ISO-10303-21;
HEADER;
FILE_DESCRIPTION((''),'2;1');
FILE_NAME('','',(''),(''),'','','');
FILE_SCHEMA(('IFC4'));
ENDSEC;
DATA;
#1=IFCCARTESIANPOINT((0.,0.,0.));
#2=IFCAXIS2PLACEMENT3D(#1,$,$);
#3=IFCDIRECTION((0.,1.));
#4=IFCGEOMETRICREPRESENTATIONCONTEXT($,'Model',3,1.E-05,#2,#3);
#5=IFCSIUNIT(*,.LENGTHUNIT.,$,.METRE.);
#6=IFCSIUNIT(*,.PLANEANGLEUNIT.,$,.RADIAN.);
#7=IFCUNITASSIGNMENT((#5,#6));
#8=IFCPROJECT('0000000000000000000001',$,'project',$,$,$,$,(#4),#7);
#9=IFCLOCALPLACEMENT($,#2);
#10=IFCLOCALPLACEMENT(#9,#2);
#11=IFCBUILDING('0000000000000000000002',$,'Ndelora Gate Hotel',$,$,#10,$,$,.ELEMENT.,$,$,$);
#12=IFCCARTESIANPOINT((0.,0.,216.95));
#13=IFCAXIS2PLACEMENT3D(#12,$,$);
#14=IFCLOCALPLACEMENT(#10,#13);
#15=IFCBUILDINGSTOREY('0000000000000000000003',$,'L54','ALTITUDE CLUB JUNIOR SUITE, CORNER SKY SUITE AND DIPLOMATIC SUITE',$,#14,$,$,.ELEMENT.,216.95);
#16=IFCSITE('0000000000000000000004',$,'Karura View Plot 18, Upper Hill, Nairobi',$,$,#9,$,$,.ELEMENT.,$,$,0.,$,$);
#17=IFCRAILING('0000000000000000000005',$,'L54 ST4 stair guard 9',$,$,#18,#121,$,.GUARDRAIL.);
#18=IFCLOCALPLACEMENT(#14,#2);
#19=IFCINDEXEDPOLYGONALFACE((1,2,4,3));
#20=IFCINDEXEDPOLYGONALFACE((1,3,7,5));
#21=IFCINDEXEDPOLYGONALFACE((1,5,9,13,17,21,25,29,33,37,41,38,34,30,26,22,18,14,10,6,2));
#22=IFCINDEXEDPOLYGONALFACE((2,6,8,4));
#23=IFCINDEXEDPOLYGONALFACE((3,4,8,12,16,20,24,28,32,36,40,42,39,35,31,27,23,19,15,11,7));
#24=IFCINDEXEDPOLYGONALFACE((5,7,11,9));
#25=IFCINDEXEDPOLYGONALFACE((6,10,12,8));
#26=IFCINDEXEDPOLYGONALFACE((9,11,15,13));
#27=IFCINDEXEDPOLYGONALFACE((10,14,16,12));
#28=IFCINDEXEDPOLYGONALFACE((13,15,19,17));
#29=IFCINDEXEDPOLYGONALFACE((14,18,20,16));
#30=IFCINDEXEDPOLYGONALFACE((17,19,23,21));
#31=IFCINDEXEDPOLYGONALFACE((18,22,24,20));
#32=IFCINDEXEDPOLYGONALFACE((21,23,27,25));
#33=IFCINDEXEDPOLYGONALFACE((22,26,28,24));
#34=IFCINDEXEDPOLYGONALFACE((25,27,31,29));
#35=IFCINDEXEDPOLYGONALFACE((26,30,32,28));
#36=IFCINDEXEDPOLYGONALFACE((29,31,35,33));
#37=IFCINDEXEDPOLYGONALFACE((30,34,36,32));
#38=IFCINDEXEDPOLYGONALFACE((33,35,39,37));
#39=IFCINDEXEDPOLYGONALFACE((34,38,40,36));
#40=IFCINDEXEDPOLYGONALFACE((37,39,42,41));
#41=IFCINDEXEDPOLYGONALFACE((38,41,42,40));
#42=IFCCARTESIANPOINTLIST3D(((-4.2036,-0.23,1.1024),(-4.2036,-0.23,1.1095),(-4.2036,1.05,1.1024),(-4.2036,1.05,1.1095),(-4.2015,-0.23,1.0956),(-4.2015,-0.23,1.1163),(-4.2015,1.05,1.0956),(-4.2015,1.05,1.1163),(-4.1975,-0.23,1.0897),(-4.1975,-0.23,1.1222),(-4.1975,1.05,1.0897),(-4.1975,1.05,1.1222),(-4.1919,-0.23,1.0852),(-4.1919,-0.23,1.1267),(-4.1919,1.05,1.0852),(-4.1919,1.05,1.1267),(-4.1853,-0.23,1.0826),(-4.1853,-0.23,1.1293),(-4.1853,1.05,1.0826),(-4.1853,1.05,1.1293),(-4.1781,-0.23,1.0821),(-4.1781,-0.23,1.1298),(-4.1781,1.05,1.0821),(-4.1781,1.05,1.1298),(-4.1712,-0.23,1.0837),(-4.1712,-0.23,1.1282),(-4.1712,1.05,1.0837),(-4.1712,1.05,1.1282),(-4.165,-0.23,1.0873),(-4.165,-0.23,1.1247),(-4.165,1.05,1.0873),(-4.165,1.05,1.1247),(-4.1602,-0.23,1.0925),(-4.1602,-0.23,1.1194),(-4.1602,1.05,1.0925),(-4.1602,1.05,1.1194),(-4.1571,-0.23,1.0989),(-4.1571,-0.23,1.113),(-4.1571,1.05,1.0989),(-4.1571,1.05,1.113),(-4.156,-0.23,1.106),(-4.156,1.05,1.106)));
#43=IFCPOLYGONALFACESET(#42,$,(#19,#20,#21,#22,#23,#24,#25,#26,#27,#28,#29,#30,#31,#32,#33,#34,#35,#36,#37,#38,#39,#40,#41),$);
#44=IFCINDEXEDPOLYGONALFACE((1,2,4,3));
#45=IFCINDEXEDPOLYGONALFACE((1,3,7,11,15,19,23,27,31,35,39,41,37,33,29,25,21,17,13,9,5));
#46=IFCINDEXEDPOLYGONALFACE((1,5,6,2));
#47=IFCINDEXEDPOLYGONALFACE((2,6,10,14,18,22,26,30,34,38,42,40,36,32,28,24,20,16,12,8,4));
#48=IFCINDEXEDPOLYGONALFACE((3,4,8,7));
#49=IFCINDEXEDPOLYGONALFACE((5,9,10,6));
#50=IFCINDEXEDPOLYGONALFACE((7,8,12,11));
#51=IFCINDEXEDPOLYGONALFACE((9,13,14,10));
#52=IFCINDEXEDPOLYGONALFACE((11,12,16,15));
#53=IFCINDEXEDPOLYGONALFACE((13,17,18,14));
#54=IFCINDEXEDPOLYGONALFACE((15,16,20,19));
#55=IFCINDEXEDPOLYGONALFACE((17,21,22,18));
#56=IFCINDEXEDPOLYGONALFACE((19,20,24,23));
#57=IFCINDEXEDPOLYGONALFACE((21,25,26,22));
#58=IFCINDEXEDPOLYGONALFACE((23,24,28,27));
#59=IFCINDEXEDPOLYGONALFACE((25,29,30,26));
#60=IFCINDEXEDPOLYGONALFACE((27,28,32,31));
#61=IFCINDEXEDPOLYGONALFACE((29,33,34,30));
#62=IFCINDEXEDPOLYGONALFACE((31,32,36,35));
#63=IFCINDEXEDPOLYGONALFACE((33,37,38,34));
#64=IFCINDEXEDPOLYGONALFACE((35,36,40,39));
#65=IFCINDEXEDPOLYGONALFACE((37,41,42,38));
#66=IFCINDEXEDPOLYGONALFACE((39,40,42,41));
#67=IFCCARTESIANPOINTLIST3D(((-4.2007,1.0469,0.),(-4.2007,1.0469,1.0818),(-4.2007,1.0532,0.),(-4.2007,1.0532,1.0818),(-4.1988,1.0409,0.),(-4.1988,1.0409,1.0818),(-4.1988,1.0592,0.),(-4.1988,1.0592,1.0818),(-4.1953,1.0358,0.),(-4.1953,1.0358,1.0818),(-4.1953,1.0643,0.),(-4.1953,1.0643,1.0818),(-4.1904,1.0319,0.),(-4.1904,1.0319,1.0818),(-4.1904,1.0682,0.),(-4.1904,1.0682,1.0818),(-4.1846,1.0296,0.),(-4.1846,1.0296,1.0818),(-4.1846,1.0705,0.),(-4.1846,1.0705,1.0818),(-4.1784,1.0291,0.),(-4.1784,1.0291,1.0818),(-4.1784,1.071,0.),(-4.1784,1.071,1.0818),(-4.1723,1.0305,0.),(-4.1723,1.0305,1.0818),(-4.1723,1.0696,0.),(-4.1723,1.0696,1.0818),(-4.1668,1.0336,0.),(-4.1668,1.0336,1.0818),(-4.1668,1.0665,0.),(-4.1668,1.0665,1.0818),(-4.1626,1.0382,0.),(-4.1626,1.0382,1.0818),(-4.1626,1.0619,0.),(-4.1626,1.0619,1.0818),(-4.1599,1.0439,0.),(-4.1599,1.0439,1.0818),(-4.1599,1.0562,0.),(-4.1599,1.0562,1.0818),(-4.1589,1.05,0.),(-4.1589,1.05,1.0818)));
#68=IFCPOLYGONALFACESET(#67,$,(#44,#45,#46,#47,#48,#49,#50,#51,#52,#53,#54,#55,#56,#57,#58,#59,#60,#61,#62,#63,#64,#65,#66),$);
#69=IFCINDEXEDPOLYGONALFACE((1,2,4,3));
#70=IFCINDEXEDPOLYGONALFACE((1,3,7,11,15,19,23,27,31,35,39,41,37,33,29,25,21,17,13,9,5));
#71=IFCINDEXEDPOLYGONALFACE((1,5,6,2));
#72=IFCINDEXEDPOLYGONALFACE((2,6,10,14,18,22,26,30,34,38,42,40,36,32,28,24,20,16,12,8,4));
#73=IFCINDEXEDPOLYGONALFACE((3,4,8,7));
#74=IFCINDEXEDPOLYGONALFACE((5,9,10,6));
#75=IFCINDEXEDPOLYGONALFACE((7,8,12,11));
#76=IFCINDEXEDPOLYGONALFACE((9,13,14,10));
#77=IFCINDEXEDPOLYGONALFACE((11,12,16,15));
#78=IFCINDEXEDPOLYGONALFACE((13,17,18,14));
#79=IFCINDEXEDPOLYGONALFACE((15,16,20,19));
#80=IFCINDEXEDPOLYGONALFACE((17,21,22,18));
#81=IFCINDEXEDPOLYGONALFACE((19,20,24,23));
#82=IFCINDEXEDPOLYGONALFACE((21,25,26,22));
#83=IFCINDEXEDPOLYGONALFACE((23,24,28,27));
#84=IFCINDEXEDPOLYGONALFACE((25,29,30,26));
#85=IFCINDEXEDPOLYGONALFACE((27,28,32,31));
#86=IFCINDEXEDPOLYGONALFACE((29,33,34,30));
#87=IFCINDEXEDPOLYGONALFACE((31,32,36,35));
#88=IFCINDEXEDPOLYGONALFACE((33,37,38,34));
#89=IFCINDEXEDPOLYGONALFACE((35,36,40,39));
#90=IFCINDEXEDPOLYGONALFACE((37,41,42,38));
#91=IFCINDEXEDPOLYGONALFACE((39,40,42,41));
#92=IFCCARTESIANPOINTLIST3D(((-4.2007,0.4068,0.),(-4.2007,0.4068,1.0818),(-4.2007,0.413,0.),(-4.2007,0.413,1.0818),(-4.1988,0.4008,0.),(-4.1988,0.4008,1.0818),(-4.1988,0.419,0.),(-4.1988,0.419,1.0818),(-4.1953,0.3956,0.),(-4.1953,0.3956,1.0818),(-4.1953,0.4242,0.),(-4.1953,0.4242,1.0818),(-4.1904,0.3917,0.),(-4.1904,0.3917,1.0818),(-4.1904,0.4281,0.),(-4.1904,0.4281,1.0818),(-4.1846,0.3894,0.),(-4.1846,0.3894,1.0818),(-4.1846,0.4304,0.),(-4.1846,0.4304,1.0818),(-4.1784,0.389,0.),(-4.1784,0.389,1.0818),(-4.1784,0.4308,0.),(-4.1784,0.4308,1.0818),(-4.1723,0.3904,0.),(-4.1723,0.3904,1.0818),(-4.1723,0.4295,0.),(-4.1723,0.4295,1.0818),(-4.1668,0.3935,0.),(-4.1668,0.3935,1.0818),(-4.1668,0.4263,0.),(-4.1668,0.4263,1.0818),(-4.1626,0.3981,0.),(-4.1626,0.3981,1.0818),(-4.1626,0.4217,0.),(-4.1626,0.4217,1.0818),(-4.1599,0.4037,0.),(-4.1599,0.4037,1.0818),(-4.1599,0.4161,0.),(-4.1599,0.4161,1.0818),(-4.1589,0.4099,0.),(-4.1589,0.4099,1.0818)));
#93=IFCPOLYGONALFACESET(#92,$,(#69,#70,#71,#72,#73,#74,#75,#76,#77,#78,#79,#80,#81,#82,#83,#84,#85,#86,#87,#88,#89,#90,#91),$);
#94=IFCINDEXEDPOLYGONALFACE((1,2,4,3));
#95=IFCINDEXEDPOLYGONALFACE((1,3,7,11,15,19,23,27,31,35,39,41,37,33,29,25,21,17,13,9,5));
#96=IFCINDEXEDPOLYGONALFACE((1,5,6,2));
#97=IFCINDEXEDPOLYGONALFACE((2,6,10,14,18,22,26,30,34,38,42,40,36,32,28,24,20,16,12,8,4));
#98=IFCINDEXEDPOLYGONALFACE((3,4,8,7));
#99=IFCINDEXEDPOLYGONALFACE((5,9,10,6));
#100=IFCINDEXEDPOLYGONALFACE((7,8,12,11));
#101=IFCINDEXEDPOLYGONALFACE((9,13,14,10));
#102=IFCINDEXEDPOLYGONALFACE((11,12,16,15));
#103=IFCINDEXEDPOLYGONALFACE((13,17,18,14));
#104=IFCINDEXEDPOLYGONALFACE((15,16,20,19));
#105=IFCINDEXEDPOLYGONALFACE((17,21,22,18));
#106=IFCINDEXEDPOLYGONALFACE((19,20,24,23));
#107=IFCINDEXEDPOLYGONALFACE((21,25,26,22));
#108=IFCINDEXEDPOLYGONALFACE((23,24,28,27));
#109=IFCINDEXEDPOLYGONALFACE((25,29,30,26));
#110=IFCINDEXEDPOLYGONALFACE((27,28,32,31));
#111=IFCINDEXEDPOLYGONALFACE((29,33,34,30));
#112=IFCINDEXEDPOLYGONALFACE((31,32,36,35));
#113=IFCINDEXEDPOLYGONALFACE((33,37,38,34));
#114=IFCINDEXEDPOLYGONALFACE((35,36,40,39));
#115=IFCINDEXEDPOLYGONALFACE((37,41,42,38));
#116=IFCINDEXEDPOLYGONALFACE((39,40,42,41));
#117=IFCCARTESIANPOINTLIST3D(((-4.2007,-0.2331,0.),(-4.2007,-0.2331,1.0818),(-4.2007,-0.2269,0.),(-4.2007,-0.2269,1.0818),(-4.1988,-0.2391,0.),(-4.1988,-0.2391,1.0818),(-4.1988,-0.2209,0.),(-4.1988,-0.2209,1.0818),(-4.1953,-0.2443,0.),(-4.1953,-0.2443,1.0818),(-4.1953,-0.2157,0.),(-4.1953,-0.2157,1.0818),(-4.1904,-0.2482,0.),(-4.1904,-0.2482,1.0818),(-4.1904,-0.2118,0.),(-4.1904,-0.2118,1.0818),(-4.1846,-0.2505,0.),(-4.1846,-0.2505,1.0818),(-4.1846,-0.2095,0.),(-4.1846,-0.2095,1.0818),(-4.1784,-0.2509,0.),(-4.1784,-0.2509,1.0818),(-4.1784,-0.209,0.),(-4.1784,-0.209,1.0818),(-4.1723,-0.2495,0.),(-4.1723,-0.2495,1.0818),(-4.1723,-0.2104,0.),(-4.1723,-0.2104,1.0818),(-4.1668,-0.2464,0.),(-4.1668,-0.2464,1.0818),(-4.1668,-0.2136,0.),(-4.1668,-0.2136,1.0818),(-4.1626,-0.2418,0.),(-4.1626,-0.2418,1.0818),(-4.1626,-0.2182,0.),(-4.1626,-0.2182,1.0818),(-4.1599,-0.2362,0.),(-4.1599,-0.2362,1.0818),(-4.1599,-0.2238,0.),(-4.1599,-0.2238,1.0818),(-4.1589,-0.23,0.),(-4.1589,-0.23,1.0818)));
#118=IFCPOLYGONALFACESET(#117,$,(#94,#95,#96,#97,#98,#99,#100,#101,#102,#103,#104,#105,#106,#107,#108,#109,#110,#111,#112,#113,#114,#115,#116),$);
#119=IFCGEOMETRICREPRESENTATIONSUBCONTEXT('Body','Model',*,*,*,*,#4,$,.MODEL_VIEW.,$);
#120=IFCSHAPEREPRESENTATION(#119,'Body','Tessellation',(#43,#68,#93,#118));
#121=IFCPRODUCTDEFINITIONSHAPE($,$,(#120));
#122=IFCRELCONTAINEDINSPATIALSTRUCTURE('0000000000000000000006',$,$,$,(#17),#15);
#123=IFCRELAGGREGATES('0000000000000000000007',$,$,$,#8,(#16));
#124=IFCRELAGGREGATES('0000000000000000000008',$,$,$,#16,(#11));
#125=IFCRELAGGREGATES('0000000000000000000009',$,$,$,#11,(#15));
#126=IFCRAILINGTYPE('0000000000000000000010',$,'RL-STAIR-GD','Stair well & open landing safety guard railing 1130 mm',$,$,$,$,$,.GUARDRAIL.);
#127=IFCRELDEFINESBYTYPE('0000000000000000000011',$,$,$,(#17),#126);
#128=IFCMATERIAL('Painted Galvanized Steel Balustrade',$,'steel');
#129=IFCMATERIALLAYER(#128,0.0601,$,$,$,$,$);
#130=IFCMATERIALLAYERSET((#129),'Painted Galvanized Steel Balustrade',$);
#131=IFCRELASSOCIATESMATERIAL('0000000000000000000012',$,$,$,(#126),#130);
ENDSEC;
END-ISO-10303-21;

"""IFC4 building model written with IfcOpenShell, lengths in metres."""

from ifc_helpers import new_model, si_unit, direction, frame, origin, origin_2d, place, context, subcontext, project, spatial, circle, extrude, material, layer, layer_set, type_object, element, save


model = new_model("IFC4")

# Units and contexts
model_context = context("Model", 3, precision=1e-05, world=origin(), true_north=direction((0.0, 1.0)))
body_context = subcontext(model_context, "Body", "Model", "MODEL_VIEW")
ifc_project = project(units=[si_unit("LENGTHUNIT", "METRE"), si_unit("PLANEANGLEUNIT", "RADIAN")], contexts=[model_context])

# Site, building, storey
site_placement = place(None, origin())
site = spatial("IfcSite", under=ifc_project, at=site_placement, Name="Karura View Plot 18, Upper Hill, Nairobi", CompositionType="ELEMENT", RefElevation=0.0)
building_placement = place(site_placement, origin())
building = spatial("IfcBuilding", under=site, at=building_placement, Name="Ndelora Gate Hotel", CompositionType="ELEMENT")
storey_placement = place(building_placement, frame((0.0, 0.0, 216.95)))
storey = spatial("IfcBuildingStorey", under=building, at=storey_placement, Name="L54", Description="ALTITUDE CLUB JUNIOR SUITE, CORNER SKY SUITE AND DIPLOMATIC SUITE", CompositionType="ELEMENT", Elevation=216.95)

# Railing
ifc_material_1 = material(Name="Painted Galvanized Steel Balustrade", Category="steel")
ifc_layer_1 = layer(ifc_material_1, 0.0601)
ifc_layer_set_1 = layer_set([ifc_layer_1], Name="Painted Galvanized Steel Balustrade")
railing_type = type_object("IfcRailingType", Name="RL-STAIR-GD", Description="Stair well & open landing safety guard railing 1130 mm", PredefinedType="GUARDRAIL", material=ifc_layer_set_1)
for number, where, name in (
    (1, (-4.1799, 1.05, 0.0), "L54 ST4 stair guard 9"),
):
    element("IfcRailing", number, at=place(storey_placement, frame(where)), inside=storey, type_object=railing_type, Name=name, PredefinedType="GUARDRAIL", context=body_context, shape_type="SweptSolid", body=[
        extrude(circle(Radius=0.0239, at=origin_2d()), frame((0.0, 0.0, 1.106), z_axis=(0.0, -1.0, 0.0), x_axis=(1.0, 0.0, 0.0)), (0.0, 0.0, 1.0), 1.28),
        extrude(circle(Radius=0.021, at=origin_2d()), origin(), (0.0, 0.0, 1.0), 1.0818),
        extrude(circle(Radius=0.021, at=origin_2d()), frame((0.0, -0.6401, 0.0)), (0.0, 0.0, 1.0), 1.0818),
        extrude(circle(Radius=0.021, at=origin_2d()), frame((0.0, -1.28, 0.0)), (0.0, 0.0, 1.0), 1.0818),
    ])

save(model, "model.ifc")
